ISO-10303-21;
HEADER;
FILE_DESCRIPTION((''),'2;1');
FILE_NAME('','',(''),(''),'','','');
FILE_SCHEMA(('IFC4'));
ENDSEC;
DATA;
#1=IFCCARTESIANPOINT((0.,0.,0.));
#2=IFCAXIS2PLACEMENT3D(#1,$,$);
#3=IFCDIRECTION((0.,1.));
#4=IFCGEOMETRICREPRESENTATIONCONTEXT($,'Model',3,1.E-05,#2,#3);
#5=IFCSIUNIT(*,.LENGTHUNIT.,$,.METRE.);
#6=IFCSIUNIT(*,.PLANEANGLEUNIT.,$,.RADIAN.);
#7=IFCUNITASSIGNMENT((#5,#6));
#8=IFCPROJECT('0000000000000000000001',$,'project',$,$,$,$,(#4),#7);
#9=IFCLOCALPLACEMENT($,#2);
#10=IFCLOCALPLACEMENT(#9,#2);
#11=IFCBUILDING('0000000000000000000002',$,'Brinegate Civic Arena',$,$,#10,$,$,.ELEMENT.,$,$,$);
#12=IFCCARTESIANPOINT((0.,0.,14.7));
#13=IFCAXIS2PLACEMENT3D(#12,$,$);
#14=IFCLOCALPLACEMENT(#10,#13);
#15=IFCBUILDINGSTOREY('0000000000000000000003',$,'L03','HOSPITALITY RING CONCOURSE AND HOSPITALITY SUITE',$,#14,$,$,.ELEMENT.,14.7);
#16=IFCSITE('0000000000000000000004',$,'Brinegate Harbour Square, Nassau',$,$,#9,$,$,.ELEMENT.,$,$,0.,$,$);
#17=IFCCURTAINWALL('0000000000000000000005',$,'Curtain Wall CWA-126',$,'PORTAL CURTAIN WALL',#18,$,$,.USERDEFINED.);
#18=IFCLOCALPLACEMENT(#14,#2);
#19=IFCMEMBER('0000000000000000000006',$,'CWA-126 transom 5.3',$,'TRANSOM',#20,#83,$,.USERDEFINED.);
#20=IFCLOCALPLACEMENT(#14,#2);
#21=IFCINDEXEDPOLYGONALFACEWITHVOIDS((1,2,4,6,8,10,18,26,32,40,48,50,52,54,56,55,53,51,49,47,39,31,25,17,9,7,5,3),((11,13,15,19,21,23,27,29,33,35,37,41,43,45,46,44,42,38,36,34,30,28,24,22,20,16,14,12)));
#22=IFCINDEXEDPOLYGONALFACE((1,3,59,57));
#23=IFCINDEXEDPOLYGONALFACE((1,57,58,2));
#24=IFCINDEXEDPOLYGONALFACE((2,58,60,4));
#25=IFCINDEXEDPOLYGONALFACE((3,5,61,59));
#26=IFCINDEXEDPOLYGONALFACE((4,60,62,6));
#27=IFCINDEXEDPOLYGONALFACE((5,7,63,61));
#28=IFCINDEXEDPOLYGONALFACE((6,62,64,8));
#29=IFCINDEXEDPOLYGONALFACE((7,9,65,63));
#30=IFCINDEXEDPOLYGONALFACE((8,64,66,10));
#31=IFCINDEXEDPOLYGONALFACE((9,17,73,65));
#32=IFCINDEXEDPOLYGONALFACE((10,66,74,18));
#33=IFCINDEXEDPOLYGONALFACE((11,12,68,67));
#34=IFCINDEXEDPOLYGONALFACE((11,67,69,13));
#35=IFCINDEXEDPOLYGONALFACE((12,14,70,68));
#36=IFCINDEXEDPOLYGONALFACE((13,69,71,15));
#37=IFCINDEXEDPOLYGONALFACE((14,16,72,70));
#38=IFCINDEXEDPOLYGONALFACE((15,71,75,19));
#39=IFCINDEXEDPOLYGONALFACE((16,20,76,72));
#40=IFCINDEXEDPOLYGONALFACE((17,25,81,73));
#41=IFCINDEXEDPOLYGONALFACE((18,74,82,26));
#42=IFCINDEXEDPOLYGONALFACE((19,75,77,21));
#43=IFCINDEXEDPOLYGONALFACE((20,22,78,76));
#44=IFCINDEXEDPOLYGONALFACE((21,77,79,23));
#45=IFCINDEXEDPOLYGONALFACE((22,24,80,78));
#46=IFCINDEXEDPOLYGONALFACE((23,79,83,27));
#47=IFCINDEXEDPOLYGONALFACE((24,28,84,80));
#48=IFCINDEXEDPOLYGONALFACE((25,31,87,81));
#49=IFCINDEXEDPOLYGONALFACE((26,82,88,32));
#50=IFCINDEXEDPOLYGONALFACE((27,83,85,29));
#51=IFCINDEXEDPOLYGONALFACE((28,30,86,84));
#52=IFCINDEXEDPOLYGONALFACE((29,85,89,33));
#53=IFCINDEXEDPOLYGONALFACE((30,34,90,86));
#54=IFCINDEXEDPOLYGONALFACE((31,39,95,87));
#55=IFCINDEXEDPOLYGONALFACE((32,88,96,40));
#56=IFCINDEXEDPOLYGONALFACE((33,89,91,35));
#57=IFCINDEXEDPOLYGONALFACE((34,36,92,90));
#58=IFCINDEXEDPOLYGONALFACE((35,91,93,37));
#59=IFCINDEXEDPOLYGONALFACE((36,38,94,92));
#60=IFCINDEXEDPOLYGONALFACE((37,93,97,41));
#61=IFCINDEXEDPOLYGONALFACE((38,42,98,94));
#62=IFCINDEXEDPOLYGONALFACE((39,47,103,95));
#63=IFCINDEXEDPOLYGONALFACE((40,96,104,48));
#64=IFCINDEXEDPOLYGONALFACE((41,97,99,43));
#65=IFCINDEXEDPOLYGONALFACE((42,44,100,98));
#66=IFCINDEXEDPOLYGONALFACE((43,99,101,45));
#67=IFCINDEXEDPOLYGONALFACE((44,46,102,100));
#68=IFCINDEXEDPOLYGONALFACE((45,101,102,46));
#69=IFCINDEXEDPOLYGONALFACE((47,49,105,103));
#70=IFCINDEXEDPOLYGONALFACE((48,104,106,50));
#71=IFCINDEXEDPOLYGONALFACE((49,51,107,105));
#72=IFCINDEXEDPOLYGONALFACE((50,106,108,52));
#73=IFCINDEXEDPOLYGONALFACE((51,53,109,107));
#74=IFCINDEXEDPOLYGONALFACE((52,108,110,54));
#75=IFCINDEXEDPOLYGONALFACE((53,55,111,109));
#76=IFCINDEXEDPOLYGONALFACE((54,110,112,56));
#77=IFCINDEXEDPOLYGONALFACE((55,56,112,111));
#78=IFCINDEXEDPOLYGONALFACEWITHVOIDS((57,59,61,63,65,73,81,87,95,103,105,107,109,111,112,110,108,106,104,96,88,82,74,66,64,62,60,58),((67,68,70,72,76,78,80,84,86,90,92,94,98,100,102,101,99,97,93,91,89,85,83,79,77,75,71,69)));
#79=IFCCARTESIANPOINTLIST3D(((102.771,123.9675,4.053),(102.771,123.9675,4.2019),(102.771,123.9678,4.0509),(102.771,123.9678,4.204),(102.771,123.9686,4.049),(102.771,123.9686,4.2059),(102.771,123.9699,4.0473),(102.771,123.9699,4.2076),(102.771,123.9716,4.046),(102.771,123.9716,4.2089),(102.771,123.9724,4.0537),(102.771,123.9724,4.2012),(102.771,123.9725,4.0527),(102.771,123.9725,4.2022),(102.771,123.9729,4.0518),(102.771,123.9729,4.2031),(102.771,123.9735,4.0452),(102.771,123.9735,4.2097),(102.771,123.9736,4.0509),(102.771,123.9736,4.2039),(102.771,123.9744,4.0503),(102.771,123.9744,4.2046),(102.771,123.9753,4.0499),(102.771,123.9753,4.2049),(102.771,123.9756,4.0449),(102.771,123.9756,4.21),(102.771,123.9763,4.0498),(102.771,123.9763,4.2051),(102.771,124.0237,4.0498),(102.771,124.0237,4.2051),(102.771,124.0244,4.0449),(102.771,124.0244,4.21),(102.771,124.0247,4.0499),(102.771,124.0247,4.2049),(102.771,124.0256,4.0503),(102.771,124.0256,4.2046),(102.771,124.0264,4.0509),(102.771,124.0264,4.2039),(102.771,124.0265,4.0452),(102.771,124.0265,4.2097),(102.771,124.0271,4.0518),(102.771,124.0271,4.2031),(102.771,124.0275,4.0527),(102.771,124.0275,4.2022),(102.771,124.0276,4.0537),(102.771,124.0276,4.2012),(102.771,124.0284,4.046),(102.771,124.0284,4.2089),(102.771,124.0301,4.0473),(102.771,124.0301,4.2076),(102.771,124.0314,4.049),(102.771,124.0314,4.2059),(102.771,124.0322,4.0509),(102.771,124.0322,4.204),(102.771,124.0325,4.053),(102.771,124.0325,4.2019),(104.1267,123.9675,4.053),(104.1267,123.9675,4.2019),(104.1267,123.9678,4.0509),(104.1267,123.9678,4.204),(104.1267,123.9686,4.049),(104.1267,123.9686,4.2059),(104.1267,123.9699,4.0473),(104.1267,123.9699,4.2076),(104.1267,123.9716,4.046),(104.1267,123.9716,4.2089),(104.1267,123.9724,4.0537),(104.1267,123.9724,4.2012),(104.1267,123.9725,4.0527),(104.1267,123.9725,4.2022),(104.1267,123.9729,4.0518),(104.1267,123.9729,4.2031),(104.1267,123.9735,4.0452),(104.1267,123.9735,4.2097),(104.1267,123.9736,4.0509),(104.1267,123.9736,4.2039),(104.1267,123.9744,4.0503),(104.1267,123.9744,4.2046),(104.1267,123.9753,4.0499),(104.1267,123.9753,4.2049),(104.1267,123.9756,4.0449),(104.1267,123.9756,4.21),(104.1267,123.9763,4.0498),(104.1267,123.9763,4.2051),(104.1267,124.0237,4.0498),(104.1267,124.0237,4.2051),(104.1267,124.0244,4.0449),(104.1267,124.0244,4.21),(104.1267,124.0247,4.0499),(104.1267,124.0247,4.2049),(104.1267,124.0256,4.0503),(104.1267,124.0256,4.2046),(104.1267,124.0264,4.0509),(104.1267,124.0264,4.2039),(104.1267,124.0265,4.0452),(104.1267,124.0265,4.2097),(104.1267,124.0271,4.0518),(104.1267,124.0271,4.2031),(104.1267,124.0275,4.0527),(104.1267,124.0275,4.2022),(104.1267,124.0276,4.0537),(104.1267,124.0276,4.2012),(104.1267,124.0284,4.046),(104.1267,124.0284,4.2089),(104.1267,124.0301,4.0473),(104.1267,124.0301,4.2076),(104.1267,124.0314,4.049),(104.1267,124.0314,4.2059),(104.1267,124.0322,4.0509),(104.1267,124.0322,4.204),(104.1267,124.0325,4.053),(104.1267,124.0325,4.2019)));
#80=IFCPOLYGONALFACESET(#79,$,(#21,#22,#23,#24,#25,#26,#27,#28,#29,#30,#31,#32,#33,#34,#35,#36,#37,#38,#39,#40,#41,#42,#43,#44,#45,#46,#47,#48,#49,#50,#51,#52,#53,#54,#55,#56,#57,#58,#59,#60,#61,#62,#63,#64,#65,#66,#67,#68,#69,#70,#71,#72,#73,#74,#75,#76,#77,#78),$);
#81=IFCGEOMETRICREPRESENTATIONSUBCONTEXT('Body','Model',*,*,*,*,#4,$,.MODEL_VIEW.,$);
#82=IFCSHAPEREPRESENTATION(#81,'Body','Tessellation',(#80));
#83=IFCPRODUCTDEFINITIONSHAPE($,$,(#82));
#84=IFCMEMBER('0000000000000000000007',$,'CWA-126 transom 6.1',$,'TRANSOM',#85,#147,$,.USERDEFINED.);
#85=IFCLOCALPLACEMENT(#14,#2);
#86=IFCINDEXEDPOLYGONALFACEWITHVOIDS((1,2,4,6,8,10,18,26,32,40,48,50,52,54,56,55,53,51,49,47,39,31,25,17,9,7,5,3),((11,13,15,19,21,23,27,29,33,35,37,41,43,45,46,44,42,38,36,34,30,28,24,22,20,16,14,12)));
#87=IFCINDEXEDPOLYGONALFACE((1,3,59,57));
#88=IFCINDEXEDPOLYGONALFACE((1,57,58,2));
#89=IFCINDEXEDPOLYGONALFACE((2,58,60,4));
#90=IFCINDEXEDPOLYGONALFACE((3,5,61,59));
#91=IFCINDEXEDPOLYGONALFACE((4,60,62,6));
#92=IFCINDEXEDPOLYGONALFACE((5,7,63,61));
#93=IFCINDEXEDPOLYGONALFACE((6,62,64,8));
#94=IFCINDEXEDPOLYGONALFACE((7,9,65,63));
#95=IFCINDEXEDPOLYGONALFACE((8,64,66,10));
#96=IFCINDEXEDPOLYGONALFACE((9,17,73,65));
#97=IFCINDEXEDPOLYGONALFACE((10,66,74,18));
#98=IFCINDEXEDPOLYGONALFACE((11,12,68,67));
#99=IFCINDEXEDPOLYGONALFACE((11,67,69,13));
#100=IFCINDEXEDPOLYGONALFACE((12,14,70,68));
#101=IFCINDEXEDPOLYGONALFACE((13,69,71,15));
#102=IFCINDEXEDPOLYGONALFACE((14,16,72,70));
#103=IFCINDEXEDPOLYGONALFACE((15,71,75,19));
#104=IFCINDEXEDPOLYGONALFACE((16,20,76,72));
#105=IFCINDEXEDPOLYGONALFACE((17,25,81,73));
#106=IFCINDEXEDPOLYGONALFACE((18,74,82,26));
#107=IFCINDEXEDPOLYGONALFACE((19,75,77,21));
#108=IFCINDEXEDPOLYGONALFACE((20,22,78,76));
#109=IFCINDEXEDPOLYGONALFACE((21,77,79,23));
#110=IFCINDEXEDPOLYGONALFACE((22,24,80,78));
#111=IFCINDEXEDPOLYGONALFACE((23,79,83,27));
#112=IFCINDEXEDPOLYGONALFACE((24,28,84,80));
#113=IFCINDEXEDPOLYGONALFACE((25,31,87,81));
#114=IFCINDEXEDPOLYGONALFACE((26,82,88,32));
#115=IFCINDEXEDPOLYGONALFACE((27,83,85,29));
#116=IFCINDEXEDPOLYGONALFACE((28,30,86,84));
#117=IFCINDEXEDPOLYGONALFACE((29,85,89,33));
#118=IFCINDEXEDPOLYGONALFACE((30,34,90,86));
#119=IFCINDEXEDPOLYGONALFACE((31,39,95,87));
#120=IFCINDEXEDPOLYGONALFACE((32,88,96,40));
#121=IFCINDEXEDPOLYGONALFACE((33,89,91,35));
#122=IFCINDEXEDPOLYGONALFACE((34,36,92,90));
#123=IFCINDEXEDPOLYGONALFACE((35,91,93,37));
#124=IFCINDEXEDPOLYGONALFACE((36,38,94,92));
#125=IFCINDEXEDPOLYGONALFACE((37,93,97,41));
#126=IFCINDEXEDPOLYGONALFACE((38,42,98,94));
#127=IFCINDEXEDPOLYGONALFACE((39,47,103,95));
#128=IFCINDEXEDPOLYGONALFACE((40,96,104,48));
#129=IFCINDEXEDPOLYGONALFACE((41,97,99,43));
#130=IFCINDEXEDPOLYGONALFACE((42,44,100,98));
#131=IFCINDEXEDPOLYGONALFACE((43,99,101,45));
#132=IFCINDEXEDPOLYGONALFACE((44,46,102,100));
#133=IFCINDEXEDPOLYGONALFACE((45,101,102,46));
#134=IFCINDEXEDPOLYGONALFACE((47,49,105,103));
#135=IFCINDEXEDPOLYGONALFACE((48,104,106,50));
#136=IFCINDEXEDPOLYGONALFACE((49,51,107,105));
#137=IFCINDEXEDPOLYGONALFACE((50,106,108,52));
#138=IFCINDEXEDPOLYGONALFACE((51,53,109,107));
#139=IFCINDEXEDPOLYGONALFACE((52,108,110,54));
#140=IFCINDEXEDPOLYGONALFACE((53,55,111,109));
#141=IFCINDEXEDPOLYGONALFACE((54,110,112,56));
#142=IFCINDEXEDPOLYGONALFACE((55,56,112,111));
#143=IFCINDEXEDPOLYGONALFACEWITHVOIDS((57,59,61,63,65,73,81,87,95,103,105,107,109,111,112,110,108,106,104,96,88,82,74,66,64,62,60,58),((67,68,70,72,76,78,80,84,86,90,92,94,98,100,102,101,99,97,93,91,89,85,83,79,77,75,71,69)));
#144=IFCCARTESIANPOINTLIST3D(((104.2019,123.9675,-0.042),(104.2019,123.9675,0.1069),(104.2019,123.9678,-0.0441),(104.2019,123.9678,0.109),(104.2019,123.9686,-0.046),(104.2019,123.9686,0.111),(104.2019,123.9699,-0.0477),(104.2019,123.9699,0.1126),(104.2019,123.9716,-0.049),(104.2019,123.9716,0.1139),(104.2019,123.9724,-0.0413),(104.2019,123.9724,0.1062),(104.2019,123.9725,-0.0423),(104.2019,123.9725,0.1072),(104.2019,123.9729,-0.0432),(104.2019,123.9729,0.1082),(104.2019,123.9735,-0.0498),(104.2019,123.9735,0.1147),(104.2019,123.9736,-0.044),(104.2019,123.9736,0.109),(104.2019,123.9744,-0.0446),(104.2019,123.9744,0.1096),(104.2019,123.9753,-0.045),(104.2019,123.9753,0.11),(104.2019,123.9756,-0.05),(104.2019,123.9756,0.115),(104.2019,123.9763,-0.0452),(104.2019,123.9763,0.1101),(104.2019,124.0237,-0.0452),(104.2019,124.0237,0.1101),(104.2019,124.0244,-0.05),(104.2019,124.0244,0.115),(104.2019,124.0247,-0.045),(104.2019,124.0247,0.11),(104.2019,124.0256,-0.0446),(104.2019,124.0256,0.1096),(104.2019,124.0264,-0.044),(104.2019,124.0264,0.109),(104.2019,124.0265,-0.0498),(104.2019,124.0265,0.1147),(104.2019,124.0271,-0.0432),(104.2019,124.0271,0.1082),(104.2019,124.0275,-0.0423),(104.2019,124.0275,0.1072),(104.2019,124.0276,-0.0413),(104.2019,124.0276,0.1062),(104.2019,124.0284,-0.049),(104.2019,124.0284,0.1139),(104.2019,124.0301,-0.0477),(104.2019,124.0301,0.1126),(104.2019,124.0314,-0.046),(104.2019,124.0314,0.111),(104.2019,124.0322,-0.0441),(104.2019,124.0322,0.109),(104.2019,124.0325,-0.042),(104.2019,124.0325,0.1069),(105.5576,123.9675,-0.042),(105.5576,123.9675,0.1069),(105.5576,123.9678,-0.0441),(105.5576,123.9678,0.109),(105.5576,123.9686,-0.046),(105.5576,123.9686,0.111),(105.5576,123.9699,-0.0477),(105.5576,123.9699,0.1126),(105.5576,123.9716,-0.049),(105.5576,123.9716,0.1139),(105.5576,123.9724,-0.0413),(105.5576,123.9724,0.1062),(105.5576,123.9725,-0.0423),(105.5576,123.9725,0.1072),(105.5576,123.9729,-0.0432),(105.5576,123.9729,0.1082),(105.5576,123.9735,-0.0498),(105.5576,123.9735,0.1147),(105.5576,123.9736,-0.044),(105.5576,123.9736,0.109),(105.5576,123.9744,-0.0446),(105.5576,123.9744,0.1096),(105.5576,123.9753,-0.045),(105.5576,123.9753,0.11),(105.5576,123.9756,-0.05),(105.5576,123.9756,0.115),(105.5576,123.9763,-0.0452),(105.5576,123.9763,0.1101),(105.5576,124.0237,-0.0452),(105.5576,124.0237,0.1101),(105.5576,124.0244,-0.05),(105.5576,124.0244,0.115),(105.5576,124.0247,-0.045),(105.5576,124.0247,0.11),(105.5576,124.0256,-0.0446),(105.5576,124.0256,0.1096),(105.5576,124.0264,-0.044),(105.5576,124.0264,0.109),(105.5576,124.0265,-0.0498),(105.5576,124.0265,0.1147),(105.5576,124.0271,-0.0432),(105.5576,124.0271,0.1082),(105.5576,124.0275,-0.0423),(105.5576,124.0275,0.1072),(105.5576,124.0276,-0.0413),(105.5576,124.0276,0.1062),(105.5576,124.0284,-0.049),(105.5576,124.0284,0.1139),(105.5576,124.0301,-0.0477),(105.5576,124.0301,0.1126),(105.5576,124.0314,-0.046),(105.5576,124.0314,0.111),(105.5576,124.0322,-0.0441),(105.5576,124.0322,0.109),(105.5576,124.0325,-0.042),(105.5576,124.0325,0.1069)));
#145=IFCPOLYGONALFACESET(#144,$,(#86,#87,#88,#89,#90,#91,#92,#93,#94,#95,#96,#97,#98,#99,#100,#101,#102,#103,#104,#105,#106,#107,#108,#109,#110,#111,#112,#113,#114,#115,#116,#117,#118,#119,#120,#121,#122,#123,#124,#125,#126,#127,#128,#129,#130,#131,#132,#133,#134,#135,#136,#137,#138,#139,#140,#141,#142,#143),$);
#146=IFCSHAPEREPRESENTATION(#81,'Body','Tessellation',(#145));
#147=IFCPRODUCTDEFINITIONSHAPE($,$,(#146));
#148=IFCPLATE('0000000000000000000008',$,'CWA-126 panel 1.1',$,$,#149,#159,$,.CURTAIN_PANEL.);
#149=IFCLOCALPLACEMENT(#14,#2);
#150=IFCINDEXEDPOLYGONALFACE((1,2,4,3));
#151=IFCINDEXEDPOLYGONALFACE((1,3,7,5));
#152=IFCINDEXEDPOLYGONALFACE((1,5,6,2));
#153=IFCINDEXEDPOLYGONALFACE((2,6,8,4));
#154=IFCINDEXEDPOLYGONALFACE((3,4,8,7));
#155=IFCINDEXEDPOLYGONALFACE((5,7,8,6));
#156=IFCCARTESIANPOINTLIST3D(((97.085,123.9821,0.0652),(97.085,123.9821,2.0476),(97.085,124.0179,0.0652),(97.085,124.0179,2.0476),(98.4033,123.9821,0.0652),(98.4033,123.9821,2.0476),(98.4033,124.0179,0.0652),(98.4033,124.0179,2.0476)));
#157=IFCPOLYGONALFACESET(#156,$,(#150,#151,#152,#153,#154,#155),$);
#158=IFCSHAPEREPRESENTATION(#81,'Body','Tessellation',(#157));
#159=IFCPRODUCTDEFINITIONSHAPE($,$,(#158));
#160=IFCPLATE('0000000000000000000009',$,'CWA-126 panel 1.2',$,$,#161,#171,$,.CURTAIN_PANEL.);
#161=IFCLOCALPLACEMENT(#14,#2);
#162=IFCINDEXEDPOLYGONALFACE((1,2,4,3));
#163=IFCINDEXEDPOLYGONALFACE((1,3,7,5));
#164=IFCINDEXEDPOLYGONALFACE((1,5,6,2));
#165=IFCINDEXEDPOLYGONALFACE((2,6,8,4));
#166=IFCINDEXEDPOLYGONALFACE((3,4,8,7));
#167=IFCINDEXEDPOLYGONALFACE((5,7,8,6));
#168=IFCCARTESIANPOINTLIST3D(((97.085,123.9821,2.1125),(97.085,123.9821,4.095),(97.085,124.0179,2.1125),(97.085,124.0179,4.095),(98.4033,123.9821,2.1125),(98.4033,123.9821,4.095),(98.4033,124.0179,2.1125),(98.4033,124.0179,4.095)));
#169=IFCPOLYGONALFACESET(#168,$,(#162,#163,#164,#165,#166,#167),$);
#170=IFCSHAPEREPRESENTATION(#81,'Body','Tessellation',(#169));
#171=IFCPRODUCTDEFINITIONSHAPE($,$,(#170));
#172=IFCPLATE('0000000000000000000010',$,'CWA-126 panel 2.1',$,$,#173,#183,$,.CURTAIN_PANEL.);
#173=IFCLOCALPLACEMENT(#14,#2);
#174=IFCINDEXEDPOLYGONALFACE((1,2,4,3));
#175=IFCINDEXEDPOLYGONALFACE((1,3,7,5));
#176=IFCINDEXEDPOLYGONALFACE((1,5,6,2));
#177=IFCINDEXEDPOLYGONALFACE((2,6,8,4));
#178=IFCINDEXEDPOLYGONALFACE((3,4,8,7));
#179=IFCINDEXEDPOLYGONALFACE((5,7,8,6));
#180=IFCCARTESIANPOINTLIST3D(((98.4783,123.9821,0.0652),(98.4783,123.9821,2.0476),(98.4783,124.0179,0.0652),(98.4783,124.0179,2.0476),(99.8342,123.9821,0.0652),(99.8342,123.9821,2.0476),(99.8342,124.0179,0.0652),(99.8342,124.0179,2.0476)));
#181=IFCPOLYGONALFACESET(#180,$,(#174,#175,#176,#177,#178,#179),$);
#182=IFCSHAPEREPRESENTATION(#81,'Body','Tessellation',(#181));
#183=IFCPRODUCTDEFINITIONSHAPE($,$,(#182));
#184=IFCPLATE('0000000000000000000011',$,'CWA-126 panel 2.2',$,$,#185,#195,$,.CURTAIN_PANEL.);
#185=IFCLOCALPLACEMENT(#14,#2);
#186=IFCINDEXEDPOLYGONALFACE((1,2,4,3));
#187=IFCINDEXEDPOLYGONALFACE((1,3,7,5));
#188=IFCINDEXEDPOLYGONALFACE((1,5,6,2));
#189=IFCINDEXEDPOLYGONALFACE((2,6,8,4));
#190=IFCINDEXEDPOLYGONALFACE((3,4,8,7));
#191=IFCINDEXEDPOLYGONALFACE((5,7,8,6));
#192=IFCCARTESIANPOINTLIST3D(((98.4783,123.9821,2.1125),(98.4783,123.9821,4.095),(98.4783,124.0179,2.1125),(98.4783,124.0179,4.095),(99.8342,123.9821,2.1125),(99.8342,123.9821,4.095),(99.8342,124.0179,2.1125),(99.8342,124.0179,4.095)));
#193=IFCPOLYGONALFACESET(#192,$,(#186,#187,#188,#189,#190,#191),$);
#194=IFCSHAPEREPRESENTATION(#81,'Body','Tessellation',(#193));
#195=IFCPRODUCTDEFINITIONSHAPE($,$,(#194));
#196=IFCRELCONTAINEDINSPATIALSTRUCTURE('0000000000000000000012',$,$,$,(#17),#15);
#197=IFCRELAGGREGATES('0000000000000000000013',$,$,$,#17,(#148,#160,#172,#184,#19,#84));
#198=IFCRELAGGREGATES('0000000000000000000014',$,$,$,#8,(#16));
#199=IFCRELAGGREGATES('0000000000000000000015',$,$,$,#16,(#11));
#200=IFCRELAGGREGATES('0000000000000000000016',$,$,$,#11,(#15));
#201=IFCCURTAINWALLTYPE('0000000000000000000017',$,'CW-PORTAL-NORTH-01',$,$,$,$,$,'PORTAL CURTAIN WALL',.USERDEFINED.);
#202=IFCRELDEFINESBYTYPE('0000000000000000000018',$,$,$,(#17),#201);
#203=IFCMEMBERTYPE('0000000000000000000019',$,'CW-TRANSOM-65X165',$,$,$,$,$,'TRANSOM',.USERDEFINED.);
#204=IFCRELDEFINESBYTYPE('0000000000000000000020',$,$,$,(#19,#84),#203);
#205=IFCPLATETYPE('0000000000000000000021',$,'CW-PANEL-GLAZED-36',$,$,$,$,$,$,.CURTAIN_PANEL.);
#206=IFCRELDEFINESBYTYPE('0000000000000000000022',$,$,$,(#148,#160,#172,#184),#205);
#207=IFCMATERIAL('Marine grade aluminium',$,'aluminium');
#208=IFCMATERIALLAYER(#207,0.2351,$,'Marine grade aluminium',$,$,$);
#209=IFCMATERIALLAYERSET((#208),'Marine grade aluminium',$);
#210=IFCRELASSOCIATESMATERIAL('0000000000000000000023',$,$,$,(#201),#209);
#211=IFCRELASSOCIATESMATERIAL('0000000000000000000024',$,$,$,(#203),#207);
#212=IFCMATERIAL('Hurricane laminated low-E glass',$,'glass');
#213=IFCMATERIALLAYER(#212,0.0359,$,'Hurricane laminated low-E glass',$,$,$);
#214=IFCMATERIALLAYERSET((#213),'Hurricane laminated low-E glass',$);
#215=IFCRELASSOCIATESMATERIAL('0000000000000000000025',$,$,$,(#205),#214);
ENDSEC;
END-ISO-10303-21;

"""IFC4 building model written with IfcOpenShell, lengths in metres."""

from ifc_helpers import new_model, si_unit, direction, frame, origin, origin_2d, place, context, subcontext, project, spatial, rectangle, hollow_rectangle, extrude, material, layer, layer_set, material_profile, profile_set, type_object, element, aggregate, save


model = new_model("IFC4")

# Units and contexts
model_context = context("Model", 3, precision=1e-05, world=origin(), true_north=direction((0.0, 1.0)))
body_context = subcontext(model_context, "Body", "Model", "MODEL_VIEW")
ifc_project = project(units=[si_unit("LENGTHUNIT", "METRE"), si_unit("PLANEANGLEUNIT", "RADIAN")], contexts=[model_context])

# Site, building, storey
site_placement = place(None, origin())
site = spatial("IfcSite", under=ifc_project, at=site_placement, Name="Brinegate Harbour Square, Nassau", CompositionType="ELEMENT", RefElevation=0.0)
building_placement = place(site_placement, origin())
building = spatial("IfcBuilding", under=site, at=building_placement, Name="Brinegate Civic Arena", CompositionType="ELEMENT")
storey_placement = place(building_placement, frame((0.0, 0.0, 14.7)))
storey = spatial("IfcBuildingStorey", under=building, at=storey_placement, Name="L03", Description="HOSPITALITY RING CONCOURSE AND HOSPITALITY SUITE", CompositionType="ELEMENT", Elevation=14.7)

# Curtain wall, members, plates
ifc_material_1 = material(Name="Marine grade aluminium", Category="aluminium")
ifc_layer_1 = layer(ifc_material_1, 0.2351, Name="Marine grade aluminium")
ifc_layer_set_1 = layer_set([ifc_layer_1], Name="Marine grade aluminium")
curtain_wall_type = type_object("IfcCurtainWallType", Name="CW-PORTAL-NORTH-01", ElementType="PORTAL CURTAIN WALL", PredefinedType="USERDEFINED", material=ifc_layer_set_1)
curtain_wall_placement = place(storey_placement, origin())
curtain_wall = element("IfcCurtainWall", 1, at=curtain_wall_placement, inside=storey, type_object=curtain_wall_type, Name="Curtain Wall CWA-126", ObjectType="PORTAL CURTAIN WALL", PredefinedType="USERDEFINED")
ifc_material_profile_1 = material_profile(ifc_material_1, hollow_rectangle(XDim=0.0649, YDim=0.165, WallThickness=0.0049, InnerFilletRadius=0.0039, OuterFilletRadius=0.0081, at=origin_2d()), Name="TRN65X165")
ifc_profile_set_1 = profile_set([ifc_material_profile_1], Name="Marine grade aluminium")
member_type_1 = type_object("IfcMemberType", Name="CW-TRANSOM-65X165", ElementType="TRANSOM", PredefinedType="USERDEFINED", material=ifc_profile_set_1)
member_1_placement = place(storey_placement, frame((102.771, 124.0, 4.1274), z_axis=(1.0, 0.0, 0.0), x_axis=(0.0, 1.0, 0.0)))
member_1 = element("IfcMember", 2, at=member_1_placement, type_object=member_type_1, Name="CWA-126 transom 5.3", ObjectType="TRANSOM", PredefinedType="USERDEFINED", context=body_context, shape_type="SweptSolid", body=[
    extrude(hollow_rectangle(XDim=0.0649, YDim=0.165, WallThickness=0.0049, InnerFilletRadius=0.0039, OuterFilletRadius=0.0081, at=origin_2d()), origin(), (0.0, 0.0, 1.0), 1.3557),
])
member_2_placement = place(storey_placement, frame((104.2019, 124.0, 0.0325), z_axis=(1.0, 0.0, 0.0), x_axis=(0.0, 1.0, 0.0)))
member_2 = element("IfcMember", 3, at=member_2_placement, type_object=member_type_1, Name="CWA-126 transom 6.1", ObjectType="TRANSOM", PredefinedType="USERDEFINED", context=body_context, shape_type="SweptSolid", body=[
    extrude(hollow_rectangle(XDim=0.0649, YDim=0.165, WallThickness=0.0049, InnerFilletRadius=0.0039, OuterFilletRadius=0.0081, at=origin_2d()), origin(), (0.0, 0.0, 1.0), 1.3557),
])
ifc_material_2 = material(Name="Hurricane laminated low-E glass", Category="glass")
ifc_layer_2 = layer(ifc_material_2, 0.0359, Name="Hurricane laminated low-E glass")
ifc_layer_set_2 = layer_set([ifc_layer_2], Name="Hurricane laminated low-E glass")
plate_type = type_object("IfcPlateType", Name="CW-PANEL-GLAZED-36", PredefinedType="CURTAIN_PANEL", material=ifc_layer_set_2)
plate_1_placement = place(storey_placement, frame((97.7441, 124.0, 0.0652), z_axis=(0.0, 0.0, 1.0), x_axis=(1.0, 0.0, 0.0)))
plate_1 = element("IfcPlate", 4, at=plate_1_placement, type_object=plate_type, Name="CWA-126 panel 1.1", PredefinedType="CURTAIN_PANEL", context=body_context, shape_type="SweptSolid", body=[
    extrude(rectangle(XDim=1.3184, YDim=0.0359, at=origin_2d()), origin(), (0.0, 0.0, 1.0), 1.9824),
])
plate_2_placement = place(storey_placement, frame((97.7441, 124.0, 2.1125), z_axis=(0.0, 0.0, 1.0), x_axis=(1.0, 0.0, 0.0)))
plate_2 = element("IfcPlate", 5, at=plate_2_placement, type_object=plate_type, Name="CWA-126 panel 1.2", PredefinedType="CURTAIN_PANEL", context=body_context, shape_type="SweptSolid", body=[
    extrude(rectangle(XDim=1.3184, YDim=0.0359, at=origin_2d()), origin(), (0.0, 0.0, 1.0), 1.9824),
])
plate_3_placement = place(storey_placement, frame((99.1562, 124.0, 0.0652), z_axis=(0.0, 0.0, 1.0), x_axis=(1.0, 0.0, 0.0)))
plate_3 = element("IfcPlate", 6, at=plate_3_placement, type_object=plate_type, Name="CWA-126 panel 2.1", PredefinedType="CURTAIN_PANEL", context=body_context, shape_type="SweptSolid", body=[
    extrude(rectangle(XDim=1.356, YDim=0.0359, at=origin_2d()), origin(), (0.0, 0.0, 1.0), 1.9824),
])
plate_4_placement = place(storey_placement, frame((99.1562, 124.0, 2.1125), z_axis=(0.0, 0.0, 1.0), x_axis=(1.0, 0.0, 0.0)))
plate_4 = element("IfcPlate", 7, at=plate_4_placement, type_object=plate_type, Name="CWA-126 panel 2.2", PredefinedType="CURTAIN_PANEL", context=body_context, shape_type="SweptSolid", body=[
    extrude(rectangle(XDim=1.356, YDim=0.0359, at=origin_2d()), origin(), (0.0, 0.0, 1.0), 1.9824),
])
aggregate(curtain_wall, [plate_1, plate_2, plate_3, plate_4, member_1, member_2])

save(model, "model.ifc")
